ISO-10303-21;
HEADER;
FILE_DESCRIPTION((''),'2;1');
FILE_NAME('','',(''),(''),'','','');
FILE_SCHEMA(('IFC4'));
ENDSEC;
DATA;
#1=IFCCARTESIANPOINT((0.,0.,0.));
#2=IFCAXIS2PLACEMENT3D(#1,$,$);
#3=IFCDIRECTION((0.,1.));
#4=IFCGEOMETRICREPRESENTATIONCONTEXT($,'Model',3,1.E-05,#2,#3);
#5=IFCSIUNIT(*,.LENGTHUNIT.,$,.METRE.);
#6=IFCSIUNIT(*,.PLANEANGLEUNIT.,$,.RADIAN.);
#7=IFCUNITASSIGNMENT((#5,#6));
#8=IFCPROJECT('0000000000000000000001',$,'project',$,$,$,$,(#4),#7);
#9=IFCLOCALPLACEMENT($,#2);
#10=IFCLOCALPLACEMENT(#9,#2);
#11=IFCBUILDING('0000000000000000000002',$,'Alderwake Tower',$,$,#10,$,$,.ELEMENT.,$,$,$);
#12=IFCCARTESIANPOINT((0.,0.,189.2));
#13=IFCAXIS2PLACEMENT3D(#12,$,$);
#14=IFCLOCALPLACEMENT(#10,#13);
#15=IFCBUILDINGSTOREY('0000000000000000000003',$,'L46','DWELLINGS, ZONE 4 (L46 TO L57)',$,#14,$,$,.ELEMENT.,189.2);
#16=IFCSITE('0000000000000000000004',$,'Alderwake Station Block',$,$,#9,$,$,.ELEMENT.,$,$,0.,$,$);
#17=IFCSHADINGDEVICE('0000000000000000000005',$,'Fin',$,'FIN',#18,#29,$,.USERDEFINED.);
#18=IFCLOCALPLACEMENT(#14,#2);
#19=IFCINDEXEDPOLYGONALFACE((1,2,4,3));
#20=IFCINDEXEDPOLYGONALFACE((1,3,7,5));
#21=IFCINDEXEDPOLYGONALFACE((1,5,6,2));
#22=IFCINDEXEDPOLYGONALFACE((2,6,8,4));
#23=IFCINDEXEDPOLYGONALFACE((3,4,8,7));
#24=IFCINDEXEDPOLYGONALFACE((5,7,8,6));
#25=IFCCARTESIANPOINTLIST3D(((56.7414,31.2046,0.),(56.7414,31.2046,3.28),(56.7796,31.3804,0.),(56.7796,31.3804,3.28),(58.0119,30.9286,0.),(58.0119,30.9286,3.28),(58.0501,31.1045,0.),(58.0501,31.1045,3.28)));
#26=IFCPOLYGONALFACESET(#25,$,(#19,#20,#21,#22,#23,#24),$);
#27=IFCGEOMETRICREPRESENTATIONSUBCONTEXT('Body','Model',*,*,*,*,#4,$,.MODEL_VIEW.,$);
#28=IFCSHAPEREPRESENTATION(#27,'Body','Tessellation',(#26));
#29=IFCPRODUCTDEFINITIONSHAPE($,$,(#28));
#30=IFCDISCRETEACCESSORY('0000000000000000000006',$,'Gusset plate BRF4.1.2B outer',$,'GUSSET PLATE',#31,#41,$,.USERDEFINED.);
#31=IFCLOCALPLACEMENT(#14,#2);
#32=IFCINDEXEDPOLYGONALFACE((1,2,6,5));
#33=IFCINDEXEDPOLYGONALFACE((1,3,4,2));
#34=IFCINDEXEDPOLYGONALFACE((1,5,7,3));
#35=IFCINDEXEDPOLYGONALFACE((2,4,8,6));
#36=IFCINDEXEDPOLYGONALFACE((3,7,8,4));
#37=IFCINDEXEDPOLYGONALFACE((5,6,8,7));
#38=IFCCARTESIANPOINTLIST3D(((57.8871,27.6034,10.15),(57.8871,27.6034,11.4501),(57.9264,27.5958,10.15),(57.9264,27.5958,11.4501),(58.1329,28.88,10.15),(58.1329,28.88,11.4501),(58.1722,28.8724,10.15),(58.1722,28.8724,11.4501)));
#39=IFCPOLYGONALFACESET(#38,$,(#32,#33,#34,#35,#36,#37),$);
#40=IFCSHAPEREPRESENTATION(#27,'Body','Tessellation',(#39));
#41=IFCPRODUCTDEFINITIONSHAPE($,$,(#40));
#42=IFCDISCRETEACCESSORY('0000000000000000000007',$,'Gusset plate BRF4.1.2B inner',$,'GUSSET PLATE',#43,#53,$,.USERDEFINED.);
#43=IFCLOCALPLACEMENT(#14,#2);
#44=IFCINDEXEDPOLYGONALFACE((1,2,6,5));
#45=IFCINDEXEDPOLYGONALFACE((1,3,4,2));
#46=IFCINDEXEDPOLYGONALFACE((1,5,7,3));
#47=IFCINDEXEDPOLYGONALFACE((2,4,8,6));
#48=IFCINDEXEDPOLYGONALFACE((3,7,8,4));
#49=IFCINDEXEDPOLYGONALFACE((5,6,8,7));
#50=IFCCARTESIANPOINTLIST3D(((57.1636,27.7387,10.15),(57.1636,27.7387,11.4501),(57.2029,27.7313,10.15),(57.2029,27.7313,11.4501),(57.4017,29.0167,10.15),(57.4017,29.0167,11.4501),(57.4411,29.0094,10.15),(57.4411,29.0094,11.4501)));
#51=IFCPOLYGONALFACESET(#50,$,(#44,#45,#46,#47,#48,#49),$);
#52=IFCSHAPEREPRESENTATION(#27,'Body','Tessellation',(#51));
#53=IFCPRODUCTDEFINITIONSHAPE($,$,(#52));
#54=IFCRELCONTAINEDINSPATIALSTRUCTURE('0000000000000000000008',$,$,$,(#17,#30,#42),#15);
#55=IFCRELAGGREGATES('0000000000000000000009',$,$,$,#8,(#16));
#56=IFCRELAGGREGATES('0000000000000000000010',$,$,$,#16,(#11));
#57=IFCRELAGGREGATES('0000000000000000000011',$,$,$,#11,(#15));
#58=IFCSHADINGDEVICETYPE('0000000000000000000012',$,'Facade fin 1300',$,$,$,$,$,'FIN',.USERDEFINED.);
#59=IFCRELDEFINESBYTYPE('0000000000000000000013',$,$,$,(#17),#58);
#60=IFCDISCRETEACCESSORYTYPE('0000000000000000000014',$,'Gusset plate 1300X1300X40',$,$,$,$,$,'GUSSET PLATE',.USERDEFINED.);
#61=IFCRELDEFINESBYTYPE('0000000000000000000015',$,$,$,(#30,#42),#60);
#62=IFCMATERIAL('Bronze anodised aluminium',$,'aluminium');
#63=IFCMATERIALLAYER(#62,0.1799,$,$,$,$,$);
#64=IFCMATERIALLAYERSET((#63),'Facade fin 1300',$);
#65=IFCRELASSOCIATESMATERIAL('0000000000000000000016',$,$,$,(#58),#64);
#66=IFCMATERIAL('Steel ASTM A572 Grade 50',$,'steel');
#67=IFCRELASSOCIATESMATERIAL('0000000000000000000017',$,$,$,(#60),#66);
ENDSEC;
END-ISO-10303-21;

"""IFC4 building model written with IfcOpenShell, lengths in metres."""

from ifc_helpers import new_model, si_unit, direction, frame, origin, origin_2d, place, context, subcontext, project, spatial, rectangle, extrude, material, layer, layer_set, material_profile, profile_set, type_object, element, save


model = new_model("IFC4")

# Units and contexts
model_context = context("Model", 3, precision=1e-05, world=origin(), true_north=direction((0.0, 1.0)))
body_context = subcontext(model_context, "Body", "Model", "MODEL_VIEW")
ifc_project = project(units=[si_unit("LENGTHUNIT", "METRE"), si_unit("PLANEANGLEUNIT", "RADIAN")], contexts=[model_context])

# Site, building, storey
site_placement = place(None, origin())
site = spatial("IfcSite", under=ifc_project, at=site_placement, Name="Alderwake Station Block", CompositionType="ELEMENT", RefElevation=0.0)
building_placement = place(site_placement, origin())
building = spatial("IfcBuilding", under=site, at=building_placement, Name="Alderwake Tower", CompositionType="ELEMENT")
storey_placement = place(building_placement, frame((0.0, 0.0, 189.2)))
storey = spatial("IfcBuildingStorey", under=building, at=storey_placement, Name="L46", Description="DWELLINGS, ZONE 4 (L46 TO L57)", CompositionType="ELEMENT", Elevation=189.2)

# Shading device
ifc_material_1 = material(Name="Bronze anodised aluminium", Category="aluminium")
ifc_layer_1 = layer(ifc_material_1, 0.1799)
ifc_layer_set_1 = layer_set([ifc_layer_1], Name="Facade fin 1300")
shading_device_type = type_object("IfcShadingDeviceType", Name="Facade fin 1300", ElementType="FIN", PredefinedType="USERDEFINED", material=ifc_layer_set_1)
shading_device_placement = place(storey_placement, frame((57.3958, 31.1545, 0.0), z_axis=(0.0, 0.0, 1.0), x_axis=(0.97721, -0.212273, 0.0)))
element("IfcShadingDevice", 1, at=shading_device_placement, inside=storey, type_object=shading_device_type, Name="Fin", ObjectType="FIN", PredefinedType="USERDEFINED", context=body_context, shape_type="SweptSolid", body=[
    extrude(rectangle(XDim=1.3, YDim=0.1799, at=origin_2d()), origin(), (0.0, 0.0, 1.0), 3.28),
])

# Discrete accessories
ifc_material_2 = material(Name="Steel ASTM A572 Grade 50", Category="steel")
ifc_material_profile_1 = material_profile(ifc_material_2, rectangle(XDim=1.3, YDim=1.3, at=origin_2d()), Name="gusset 1300X1300")
ifc_profile_set_1 = profile_set([ifc_material_profile_1], Name="Steel ASTM A572 Grade 50")
discrete_accessory_type = type_object("IfcDiscreteAccessoryType", Name="Gusset plate 1300X1300X40", ElementType="GUSSET PLATE", PredefinedType="USERDEFINED", material=ifc_profile_set_1)
for number, where, z_axis, x_axis, name in (
    (2, (58.01, 28.2417, 10.8), (0.981963, -0.189074, 0.0), (0.189074, 0.981963, 0.0), "Gusset plate BRF4.1.2B outer"),
    (3, (57.322, 28.3704, 10.8), (-0.983079, 0.183182, 0.0), (-0.183182, -0.983079, 0.0), "Gusset plate BRF4.1.2B inner"),
):
    element("IfcDiscreteAccessory", number, at=place(storey_placement, frame(where, z_axis=z_axis, x_axis=x_axis)), inside=storey, type_object=discrete_accessory_type, Name=name, ObjectType="GUSSET PLATE", PredefinedType="USERDEFINED", context=body_context, shape_type="SweptSolid", body=[
        extrude(rectangle(XDim=1.3, YDim=1.3, at=origin_2d()), origin(), (0.0, 0.0, 1.0), 0.04),
    ])

save(model, "model.ifc")
